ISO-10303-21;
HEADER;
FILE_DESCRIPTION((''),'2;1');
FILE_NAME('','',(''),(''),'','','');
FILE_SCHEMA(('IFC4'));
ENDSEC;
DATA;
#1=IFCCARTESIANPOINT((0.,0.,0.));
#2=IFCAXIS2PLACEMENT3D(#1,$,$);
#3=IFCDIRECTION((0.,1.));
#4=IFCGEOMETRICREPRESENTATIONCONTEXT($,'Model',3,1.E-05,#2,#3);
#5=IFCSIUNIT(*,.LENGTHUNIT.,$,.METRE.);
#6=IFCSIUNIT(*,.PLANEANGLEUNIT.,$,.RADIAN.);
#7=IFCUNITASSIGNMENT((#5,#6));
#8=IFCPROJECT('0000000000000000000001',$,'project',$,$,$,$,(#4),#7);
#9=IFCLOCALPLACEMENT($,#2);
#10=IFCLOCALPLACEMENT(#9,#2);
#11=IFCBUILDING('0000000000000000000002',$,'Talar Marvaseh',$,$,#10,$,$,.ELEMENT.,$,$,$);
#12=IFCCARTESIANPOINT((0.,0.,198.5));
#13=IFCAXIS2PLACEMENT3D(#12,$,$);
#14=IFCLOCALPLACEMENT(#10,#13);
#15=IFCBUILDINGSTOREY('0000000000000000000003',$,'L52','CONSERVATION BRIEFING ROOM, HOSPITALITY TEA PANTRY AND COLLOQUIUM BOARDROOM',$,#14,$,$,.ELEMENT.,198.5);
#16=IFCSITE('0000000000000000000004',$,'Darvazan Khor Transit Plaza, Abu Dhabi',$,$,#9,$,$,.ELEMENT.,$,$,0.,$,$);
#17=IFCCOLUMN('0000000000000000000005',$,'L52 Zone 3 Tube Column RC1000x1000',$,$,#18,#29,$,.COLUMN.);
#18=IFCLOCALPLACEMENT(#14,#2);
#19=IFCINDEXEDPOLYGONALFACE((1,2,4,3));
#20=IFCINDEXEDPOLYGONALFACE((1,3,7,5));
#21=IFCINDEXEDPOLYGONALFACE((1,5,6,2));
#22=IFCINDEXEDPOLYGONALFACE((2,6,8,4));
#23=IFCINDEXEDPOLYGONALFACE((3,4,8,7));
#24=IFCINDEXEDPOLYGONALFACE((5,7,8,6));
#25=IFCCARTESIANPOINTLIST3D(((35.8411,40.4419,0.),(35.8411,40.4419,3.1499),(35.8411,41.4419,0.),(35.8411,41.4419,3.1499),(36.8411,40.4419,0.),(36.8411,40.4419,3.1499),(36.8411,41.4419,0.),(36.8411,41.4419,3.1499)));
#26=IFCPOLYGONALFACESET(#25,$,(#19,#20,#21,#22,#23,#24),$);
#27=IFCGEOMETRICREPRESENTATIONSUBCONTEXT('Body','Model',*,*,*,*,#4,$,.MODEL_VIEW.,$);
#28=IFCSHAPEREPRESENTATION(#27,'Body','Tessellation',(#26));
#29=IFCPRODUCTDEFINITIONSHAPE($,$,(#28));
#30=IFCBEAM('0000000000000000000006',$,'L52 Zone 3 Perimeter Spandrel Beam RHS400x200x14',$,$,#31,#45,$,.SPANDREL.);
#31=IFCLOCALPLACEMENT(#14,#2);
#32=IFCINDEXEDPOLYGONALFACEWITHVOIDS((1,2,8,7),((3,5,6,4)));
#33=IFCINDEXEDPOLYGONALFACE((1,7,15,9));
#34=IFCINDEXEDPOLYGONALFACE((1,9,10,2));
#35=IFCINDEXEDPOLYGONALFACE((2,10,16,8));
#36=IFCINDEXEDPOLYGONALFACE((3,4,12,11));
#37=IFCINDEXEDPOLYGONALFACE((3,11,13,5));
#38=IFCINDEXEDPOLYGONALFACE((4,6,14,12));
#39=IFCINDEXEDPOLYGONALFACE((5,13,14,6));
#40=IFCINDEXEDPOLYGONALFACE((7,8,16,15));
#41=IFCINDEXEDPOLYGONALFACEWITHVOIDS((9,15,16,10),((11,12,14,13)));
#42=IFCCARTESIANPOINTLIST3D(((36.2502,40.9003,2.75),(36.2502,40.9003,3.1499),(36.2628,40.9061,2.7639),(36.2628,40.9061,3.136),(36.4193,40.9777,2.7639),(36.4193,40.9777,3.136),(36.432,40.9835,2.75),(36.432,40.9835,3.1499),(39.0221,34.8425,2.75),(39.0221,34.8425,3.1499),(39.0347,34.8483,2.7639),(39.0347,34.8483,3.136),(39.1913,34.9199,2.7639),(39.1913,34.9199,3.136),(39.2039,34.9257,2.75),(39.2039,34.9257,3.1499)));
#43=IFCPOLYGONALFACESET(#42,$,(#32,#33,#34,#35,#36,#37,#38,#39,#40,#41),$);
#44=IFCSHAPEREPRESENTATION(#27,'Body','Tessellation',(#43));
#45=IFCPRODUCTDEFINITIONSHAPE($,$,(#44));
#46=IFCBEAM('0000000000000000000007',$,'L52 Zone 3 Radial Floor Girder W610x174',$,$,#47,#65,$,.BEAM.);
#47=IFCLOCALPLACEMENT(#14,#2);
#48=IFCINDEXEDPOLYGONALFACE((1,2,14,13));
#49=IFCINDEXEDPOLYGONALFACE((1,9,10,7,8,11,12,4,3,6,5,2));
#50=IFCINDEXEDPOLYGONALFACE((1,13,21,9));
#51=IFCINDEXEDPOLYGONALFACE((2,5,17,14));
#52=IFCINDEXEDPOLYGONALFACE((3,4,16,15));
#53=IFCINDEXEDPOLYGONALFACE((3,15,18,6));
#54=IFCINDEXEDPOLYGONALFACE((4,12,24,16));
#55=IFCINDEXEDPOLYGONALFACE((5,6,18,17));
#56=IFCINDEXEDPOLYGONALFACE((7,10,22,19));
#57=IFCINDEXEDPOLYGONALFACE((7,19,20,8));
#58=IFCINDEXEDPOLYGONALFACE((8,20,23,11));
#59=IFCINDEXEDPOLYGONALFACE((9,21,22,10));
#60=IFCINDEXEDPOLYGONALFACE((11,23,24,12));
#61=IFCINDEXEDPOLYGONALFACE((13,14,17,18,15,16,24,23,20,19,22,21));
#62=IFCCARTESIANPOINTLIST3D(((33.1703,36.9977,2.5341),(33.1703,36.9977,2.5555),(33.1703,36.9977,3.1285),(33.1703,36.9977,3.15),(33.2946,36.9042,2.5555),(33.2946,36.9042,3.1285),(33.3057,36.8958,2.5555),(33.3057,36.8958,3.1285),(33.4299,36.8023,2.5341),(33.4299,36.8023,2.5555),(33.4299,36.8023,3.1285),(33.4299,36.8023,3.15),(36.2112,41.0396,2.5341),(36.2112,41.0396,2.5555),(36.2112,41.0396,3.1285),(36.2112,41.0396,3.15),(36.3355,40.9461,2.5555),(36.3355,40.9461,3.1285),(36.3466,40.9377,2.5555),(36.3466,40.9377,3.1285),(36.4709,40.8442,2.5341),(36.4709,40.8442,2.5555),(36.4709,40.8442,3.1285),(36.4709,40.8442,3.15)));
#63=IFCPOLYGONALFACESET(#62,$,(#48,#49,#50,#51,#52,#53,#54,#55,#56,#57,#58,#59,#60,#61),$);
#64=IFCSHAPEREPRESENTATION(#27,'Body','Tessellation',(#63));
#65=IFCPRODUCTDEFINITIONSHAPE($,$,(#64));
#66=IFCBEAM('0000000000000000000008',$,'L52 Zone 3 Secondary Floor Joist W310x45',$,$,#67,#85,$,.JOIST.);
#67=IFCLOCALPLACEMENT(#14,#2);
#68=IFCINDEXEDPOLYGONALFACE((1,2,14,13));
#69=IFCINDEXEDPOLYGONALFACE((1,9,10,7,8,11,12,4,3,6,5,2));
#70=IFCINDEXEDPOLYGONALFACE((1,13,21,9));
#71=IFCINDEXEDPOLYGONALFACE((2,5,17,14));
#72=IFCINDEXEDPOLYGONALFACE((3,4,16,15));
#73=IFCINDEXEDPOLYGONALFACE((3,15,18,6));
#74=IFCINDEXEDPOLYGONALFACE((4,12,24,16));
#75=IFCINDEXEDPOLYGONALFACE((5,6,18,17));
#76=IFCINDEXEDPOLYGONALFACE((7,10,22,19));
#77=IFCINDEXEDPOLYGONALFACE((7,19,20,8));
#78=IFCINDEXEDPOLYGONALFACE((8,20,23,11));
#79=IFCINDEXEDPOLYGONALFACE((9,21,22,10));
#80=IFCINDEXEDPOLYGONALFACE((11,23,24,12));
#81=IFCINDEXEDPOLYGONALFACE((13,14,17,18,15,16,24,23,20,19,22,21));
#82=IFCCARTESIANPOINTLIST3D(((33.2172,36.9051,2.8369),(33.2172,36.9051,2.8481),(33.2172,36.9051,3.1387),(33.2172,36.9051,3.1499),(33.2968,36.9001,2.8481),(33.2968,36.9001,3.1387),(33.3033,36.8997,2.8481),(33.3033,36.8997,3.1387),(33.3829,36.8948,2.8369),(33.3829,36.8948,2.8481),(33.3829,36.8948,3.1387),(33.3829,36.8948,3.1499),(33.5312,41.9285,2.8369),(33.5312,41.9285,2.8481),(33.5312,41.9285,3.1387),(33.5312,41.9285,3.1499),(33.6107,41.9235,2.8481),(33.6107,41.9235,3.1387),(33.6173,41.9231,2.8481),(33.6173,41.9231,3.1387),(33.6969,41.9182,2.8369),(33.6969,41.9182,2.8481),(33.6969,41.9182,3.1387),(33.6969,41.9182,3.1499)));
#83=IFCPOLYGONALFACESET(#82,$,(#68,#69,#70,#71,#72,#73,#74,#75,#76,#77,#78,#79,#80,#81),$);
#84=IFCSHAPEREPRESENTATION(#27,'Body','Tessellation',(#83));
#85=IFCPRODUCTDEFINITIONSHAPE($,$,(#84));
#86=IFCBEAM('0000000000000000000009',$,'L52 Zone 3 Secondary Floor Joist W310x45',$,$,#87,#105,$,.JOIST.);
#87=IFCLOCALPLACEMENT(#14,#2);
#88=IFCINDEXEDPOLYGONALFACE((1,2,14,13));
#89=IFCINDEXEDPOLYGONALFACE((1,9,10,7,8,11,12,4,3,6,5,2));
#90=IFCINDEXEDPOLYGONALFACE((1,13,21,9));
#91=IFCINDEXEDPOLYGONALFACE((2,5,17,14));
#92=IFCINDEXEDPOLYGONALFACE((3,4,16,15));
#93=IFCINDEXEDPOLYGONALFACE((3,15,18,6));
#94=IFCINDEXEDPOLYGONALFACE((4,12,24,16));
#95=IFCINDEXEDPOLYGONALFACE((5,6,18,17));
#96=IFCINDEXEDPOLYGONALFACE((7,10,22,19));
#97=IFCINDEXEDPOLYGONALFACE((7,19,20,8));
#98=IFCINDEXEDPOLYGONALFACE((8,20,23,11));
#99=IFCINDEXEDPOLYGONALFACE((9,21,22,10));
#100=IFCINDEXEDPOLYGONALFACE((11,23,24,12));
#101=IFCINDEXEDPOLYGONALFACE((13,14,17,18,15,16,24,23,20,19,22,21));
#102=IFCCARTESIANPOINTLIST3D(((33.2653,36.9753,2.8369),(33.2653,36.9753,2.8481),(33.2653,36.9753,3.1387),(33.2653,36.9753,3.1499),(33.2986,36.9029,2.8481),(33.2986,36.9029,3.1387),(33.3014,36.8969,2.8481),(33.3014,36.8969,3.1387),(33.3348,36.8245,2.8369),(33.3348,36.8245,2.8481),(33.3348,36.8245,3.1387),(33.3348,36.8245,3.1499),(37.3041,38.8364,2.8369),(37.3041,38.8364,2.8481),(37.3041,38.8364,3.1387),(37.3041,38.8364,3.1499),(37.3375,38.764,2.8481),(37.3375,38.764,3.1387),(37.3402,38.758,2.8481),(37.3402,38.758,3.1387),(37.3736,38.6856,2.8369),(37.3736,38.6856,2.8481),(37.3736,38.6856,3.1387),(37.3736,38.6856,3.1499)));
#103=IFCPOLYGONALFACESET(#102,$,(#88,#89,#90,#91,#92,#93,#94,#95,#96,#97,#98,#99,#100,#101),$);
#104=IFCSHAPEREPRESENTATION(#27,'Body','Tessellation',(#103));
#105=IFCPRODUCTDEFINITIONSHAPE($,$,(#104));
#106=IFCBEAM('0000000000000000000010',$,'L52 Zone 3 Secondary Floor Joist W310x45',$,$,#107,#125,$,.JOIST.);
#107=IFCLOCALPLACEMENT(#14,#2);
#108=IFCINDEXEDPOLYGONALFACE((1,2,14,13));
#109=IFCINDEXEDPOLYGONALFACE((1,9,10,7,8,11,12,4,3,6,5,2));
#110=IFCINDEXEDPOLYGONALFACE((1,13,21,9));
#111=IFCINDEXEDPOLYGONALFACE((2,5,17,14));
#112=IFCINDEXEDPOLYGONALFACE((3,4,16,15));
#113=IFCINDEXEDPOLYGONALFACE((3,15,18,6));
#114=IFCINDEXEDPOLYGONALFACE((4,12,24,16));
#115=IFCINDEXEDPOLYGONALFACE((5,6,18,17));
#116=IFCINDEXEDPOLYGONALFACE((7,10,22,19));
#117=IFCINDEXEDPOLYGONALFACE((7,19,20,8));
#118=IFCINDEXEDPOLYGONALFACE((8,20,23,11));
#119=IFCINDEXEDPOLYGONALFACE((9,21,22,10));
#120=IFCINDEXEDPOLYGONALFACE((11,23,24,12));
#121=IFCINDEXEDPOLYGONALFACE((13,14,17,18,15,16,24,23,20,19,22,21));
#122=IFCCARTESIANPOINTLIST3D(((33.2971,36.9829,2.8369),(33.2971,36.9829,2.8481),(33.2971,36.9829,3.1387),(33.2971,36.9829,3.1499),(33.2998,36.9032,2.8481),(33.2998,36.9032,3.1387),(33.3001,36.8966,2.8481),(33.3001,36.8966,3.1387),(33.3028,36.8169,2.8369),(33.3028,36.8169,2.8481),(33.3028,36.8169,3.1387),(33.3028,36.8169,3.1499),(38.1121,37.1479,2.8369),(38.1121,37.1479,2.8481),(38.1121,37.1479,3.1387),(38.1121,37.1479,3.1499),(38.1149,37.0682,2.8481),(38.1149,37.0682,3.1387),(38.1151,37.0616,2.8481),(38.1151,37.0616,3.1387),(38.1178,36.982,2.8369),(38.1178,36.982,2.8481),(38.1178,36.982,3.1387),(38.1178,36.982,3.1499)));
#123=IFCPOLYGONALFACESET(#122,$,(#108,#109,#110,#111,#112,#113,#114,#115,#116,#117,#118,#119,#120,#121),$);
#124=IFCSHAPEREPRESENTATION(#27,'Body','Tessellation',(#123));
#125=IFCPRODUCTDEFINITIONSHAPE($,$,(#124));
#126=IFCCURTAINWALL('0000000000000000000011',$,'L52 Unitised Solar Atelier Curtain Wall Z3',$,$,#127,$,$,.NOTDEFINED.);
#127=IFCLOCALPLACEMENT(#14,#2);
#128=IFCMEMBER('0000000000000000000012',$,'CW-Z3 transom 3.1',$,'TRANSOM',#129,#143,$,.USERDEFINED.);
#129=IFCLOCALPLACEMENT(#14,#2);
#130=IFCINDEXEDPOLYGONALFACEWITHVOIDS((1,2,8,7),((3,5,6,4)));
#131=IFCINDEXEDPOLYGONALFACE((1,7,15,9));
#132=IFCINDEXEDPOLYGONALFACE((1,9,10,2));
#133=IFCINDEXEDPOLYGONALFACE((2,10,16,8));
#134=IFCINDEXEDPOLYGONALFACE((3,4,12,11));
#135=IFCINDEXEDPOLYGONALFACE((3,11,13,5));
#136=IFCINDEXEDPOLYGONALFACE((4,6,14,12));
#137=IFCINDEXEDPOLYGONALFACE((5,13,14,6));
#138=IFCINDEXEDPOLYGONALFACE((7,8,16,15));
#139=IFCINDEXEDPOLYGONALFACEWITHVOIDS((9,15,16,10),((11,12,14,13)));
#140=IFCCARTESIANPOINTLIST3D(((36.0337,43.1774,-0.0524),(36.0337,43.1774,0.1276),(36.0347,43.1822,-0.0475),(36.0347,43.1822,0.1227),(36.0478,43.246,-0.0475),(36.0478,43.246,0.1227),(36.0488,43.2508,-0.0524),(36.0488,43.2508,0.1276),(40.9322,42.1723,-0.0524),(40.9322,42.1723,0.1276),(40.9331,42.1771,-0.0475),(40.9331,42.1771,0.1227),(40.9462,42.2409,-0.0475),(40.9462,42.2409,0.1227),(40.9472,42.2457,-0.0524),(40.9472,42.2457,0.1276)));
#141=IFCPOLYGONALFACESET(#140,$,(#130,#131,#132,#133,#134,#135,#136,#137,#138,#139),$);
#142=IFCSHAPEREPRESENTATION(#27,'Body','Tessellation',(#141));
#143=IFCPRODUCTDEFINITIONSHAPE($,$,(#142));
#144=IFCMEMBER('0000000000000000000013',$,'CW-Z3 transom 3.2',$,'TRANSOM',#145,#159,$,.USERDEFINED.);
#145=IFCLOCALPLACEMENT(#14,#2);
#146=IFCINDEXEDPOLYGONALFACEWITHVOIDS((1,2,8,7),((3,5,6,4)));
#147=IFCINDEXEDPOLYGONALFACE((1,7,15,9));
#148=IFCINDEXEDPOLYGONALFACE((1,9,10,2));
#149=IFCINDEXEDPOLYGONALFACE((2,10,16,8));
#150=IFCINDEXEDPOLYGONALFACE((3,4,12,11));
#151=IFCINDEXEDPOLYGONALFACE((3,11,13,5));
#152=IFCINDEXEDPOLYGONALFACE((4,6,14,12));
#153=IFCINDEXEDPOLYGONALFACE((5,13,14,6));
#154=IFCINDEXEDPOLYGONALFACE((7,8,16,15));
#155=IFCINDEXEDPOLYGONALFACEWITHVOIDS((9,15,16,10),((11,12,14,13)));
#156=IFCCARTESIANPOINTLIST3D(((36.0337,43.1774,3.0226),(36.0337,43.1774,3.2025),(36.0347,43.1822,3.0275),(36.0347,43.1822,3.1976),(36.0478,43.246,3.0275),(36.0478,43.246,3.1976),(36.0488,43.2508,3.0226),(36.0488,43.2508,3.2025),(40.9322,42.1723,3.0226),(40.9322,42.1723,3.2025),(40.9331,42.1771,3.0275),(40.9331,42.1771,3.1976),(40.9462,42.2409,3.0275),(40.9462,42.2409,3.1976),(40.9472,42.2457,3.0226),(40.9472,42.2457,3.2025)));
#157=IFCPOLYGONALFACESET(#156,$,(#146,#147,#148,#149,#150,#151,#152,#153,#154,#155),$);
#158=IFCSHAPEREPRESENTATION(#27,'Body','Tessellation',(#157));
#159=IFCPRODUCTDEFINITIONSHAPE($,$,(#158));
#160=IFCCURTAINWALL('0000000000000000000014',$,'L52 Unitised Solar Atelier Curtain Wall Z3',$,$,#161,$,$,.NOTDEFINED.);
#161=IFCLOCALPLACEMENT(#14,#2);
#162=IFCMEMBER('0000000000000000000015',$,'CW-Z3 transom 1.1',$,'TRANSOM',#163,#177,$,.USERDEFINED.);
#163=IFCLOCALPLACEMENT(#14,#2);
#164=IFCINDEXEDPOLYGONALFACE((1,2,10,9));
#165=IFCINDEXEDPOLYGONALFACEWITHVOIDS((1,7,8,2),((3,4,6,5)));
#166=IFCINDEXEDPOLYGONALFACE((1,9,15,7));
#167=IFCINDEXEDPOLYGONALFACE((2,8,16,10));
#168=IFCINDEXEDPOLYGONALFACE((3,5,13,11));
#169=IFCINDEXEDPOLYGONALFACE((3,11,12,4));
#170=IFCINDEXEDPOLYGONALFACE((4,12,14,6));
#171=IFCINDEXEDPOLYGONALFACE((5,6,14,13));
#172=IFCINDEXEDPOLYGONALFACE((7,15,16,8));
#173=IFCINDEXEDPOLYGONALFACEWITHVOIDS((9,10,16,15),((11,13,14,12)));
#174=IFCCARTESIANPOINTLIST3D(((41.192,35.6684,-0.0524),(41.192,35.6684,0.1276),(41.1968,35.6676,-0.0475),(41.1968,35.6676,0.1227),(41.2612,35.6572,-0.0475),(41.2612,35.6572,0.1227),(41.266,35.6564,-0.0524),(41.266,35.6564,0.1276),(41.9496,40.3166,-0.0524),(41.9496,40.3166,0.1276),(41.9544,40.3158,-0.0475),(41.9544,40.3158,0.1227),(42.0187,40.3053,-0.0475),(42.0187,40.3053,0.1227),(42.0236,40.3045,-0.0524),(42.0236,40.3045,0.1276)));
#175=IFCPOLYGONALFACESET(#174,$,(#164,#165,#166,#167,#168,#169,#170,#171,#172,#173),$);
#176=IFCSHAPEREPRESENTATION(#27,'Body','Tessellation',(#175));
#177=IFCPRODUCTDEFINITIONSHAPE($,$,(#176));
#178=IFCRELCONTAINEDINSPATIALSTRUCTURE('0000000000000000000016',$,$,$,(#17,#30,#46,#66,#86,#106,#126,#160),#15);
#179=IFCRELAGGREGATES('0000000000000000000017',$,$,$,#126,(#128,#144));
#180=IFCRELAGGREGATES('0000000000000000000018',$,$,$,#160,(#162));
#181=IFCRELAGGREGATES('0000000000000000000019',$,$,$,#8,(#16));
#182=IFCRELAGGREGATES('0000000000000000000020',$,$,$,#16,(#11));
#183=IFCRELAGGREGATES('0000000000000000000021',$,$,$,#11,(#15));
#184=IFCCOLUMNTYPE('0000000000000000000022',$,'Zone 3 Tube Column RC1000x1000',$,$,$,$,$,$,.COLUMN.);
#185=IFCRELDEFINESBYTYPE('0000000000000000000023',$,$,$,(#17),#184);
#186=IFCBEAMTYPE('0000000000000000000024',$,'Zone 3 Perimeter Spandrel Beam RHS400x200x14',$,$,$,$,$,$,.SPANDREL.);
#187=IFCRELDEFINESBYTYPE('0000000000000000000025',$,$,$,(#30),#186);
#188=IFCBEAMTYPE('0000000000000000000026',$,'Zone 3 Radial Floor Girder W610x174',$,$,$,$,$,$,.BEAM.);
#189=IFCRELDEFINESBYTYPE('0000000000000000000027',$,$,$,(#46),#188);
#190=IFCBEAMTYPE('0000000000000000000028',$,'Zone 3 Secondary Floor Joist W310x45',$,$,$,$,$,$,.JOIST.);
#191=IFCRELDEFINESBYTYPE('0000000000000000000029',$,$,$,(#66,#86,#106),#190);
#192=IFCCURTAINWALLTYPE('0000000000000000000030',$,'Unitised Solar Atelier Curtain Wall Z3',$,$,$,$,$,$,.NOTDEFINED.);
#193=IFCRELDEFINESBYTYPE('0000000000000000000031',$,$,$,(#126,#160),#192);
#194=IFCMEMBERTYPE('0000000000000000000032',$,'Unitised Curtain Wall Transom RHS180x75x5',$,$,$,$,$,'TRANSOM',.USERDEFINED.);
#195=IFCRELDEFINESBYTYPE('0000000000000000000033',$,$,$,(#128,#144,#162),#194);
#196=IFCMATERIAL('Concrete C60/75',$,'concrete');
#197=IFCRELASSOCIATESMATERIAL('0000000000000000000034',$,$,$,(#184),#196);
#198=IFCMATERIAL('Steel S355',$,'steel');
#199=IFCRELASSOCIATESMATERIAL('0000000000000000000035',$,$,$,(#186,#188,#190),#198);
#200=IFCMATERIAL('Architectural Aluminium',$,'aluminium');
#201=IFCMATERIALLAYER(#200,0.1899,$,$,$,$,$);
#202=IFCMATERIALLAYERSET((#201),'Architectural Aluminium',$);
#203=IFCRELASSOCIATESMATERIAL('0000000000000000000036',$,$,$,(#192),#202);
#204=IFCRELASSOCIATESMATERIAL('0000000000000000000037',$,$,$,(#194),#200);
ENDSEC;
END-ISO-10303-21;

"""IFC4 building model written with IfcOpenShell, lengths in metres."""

from ifc_helpers import new_model, si_unit, direction, frame, origin, origin_2d, place, context, subcontext, project, spatial, rectangle, hollow_rectangle, i_section, extrude, source, transform, mapped, material, layer, layer_set, material_profile, profile_set, type_object, type_shapes, element, aggregate, save


model = new_model("IFC4")

# Units and contexts
model_context = context("Model", 3, precision=1e-05, world=origin(), true_north=direction((0.0, 1.0)))
body_context = subcontext(model_context, "Body", "Model", "MODEL_VIEW")
ifc_project = project(units=[si_unit("LENGTHUNIT", "METRE"), si_unit("PLANEANGLEUNIT", "RADIAN")], contexts=[model_context])

# Site, building, storey
site_placement = place(None, origin())
site = spatial("IfcSite", under=ifc_project, at=site_placement, Name="Darvazan Khor Transit Plaza, Abu Dhabi", CompositionType="ELEMENT", RefElevation=0.0)
building_placement = place(site_placement, origin())
building = spatial("IfcBuilding", under=site, at=building_placement, Name="Talar Marvaseh", CompositionType="ELEMENT")
storey_placement = place(building_placement, frame((0.0, 0.0, 198.5)))
storey = spatial("IfcBuildingStorey", under=building, at=storey_placement, Name="L52", Description="CONSERVATION BRIEFING ROOM, HOSPITALITY TEA PANTRY AND COLLOQUIUM BOARDROOM", CompositionType="ELEMENT", Elevation=198.5)

# Column
ifc_material_1 = material(Name="Concrete C60/75", Category="concrete")
ifc_material_profile_1 = material_profile(ifc_material_1, rectangle(XDim=1.0, YDim=1.0, at=origin_2d()), Name="RC1000x1000")
ifc_profile_set_1 = profile_set([ifc_material_profile_1], Name="Concrete C60/75")
column_type = type_object("IfcColumnType", Name="Zone 3 Tube Column RC1000x1000", PredefinedType="COLUMN", material=ifc_profile_set_1)
column_placement = place(storey_placement, frame((36.3411, 40.9419, 0.0), z_axis=(0.0, 0.0, 1.0), x_axis=(1.0, 0.0, 0.0)))
element("IfcColumn", 1, at=column_placement, inside=storey, type_object=column_type, Name="L52 Zone 3 Tube Column RC1000x1000", PredefinedType="COLUMN", context=body_context, shape_type="SweptSolid", body=[
    extrude(rectangle(XDim=1.0, YDim=1.0, at=origin_2d()), origin(), (0.0, 0.0, 1.0), 3.1499),
])

# Beams
ifc_material_2 = material(Name="Steel S355", Category="steel")
ifc_material_profile_2 = material_profile(ifc_material_2, hollow_rectangle(XDim=0.2, YDim=0.3999, WallThickness=0.0139, at=origin_2d()), Name="RHS400x200x14")
ifc_profile_set_2 = profile_set([ifc_material_profile_2], Name="Steel S355")
beam_type_1 = type_object("IfcBeamType", Name="Zone 3 Perimeter Spandrel Beam RHS400x200x14", PredefinedType="SPANDREL", material=ifc_profile_set_2)
beam_1_placement = place(storey_placement, frame((36.3411, 40.9419, 2.95), z_axis=(0.416091, -0.909323, 0.0), x_axis=(0.909323, 0.416091, 0.0)))
element("IfcBeam", 2, at=beam_1_placement, inside=storey, type_object=beam_type_1, Name="L52 Zone 3 Perimeter Spandrel Beam RHS400x200x14", PredefinedType="SPANDREL", context=body_context, shape_type="SweptSolid", body=[
    extrude(hollow_rectangle(XDim=0.2, YDim=0.3999, WallThickness=0.0139, at=origin_2d()), origin(), (0.0, 0.0, 1.0), 6.6619),
])
ifc_material_profile_3 = material_profile(ifc_material_2, i_section(OverallWidth=0.325, OverallDepth=0.616, WebThickness=0.0139, FlangeThickness=0.0215, at=origin_2d()), Name="W610x174")
ifc_profile_set_3 = profile_set([ifc_material_profile_3], Name="Steel S355")
beam_type_2 = type_object("IfcBeamType", Name="Zone 3 Radial Floor Girder W610x174", PredefinedType="BEAM", material=ifc_profile_set_3)
beam_2_placement = place(storey_placement, frame((36.3411, 40.9419, 2.842), z_axis=(-0.601204, -0.799096, 0.0), x_axis=(0.799096, -0.601204, 0.0)))
element("IfcBeam", 3, at=beam_2_placement, inside=storey, type_object=beam_type_2, Name="L52 Zone 3 Radial Floor Girder W610x174", PredefinedType="BEAM", context=body_context, shape_type="SweptSolid", body=[
    extrude(i_section(OverallWidth=0.325, OverallDepth=0.616, WebThickness=0.0139, FlangeThickness=0.0215, at=origin_2d()), origin(), (0.0, 0.0, 1.0), 5.0581),
])
ifc_material_profile_4 = material_profile(ifc_material_2, i_section(OverallWidth=0.166, OverallDepth=0.313, WebThickness=0.0066, FlangeThickness=0.0112, at=origin_2d()), Name="W310x45")
ifc_profile_set_4 = profile_set([ifc_material_profile_4], Name="Steel S355")
beam_type_3 = type_object("IfcBeamType", Name="Zone 3 Secondary Floor Joist W310x45", PredefinedType="JOIST", material=ifc_profile_set_4)
beam_3_placement = place(storey_placement, frame((33.614, 41.9233, 2.9934), z_axis=(-0.062378, -0.998053, 0.0), x_axis=(0.998053, -0.062378, 0.0)))
element("IfcBeam", 4, at=beam_3_placement, inside=storey, type_object=beam_type_3, Name="L52 Zone 3 Secondary Floor Joist W310x45", PredefinedType="JOIST", context=body_context, shape_type="SweptSolid", body=[
    extrude(i_section(OverallWidth=0.166, OverallDepth=0.313, WebThickness=0.0066, FlangeThickness=0.0112, at=origin_2d()), origin(), (0.0, 0.0, 1.0), 5.0332),
])
beam_4_placement = place(storey_placement, frame((37.3389, 38.761, 2.9934), z_axis=(-0.908215, -0.418505, 0.0), x_axis=(0.418505, -0.908215, 0.0)))
element("IfcBeam", 5, at=beam_4_placement, inside=storey, type_object=beam_type_3, Name="L52 Zone 3 Secondary Floor Joist W310x45", PredefinedType="JOIST", context=body_context, shape_type="SweptSolid", body=[
    extrude(i_section(OverallWidth=0.166, OverallDepth=0.313, WebThickness=0.0066, FlangeThickness=0.0112, at=origin_2d()), origin(), (0.0, 0.0, 1.0), 4.447),
])
beam_5_placement = place(storey_placement, frame((38.115, 37.0649, 2.9934), z_axis=(-0.999413, -0.034256, 0.0), x_axis=(0.034256, -0.999413, 0.0)))
element("IfcBeam", 6, at=beam_5_placement, inside=storey, type_object=beam_type_3, Name="L52 Zone 3 Secondary Floor Joist W310x45", PredefinedType="JOIST", context=body_context, shape_type="SweptSolid", body=[
    extrude(i_section(OverallWidth=0.166, OverallDepth=0.313, WebThickness=0.0066, FlangeThickness=0.0112, at=origin_2d()), origin(), (0.0, 0.0, 1.0), 4.8179),
])

# Curtain walls, members
ifc_material_3 = material(Name="Architectural Aluminium", Category="aluminium")
ifc_layer_1 = layer(ifc_material_3, 0.1899)
ifc_layer_set_1 = layer_set([ifc_layer_1], Name="Architectural Aluminium")
curtain_wall_type = type_object("IfcCurtainWallType", Name="Unitised Solar Atelier Curtain Wall Z3", PredefinedType="NOTDEFINED", material=ifc_layer_set_1)
curtain_wall_1_placement = place(storey_placement, origin())
curtain_wall_1 = element("IfcCurtainWall", 7, at=curtain_wall_1_placement, inside=storey, type_object=curtain_wall_type, Name="L52 Unitised Solar Atelier Curtain Wall Z3", PredefinedType="NOTDEFINED")
ifc_material_profile_5 = material_profile(ifc_material_3, hollow_rectangle(XDim=0.075, YDim=0.1799, WallThickness=0.0049, at=origin_2d()), Name="RHS180x75x5")
ifc_profile_set_5 = profile_set([ifc_material_profile_5], Name="Architectural Aluminium")
member_type_1 = type_object("IfcMemberType", Name="Unitised Curtain Wall Transom RHS180x75x5", ElementType="TRANSOM", PredefinedType="USERDEFINED", material=ifc_profile_set_5)
shared_shape_1 = source(origin(), body_context, "Body", "SweptSolid", [
    extrude(hollow_rectangle(XDim=0.075, YDim=0.1799, WallThickness=0.0049, at=origin_2d()), origin(), (0.0, 0.0, 1.0), 5.0005),
])
member_1_placement = place(storey_placement, frame((36.0413, 43.2141, 0.0376), z_axis=(0.97959, -0.201005, 0.0), x_axis=(0.201005, 0.97959, 0.0)))
member_1 = element("IfcMember", 8, at=member_1_placement, type_object=member_type_1, Name="CW-Z3 transom 3.1", ObjectType="TRANSOM", PredefinedType="USERDEFINED", context=body_context, shape_type="MappedRepresentation", body=[
    mapped(shared_shape_1, transform((0.0, 0.0, 0.0), x_axis=(1.0, 0.0, 0.0), y_axis=(0.0, 1.0, 0.0), z_axis=(0.0, 0.0, 1.0), scale=1.0)),
])
member_2_placement = place(storey_placement, frame((36.0413, 43.2141, 3.1125), z_axis=(0.97959, -0.201005, 0.0), x_axis=(0.201005, 0.97959, 0.0)))
member_2 = element("IfcMember", 9, at=member_2_placement, type_object=member_type_1, Name="CW-Z3 transom 3.2", ObjectType="TRANSOM", PredefinedType="USERDEFINED", context=body_context, shape_type="MappedRepresentation", body=[
    mapped(shared_shape_1, transform((0.0, 0.0, 0.0), x_axis=(1.0, 0.0, 0.0), y_axis=(0.0, 1.0, 0.0), z_axis=(0.0, 0.0, 1.0), scale=1.0)),
])
curtain_wall_2_placement = place(storey_placement, origin())
curtain_wall_2 = element("IfcCurtainWall", 10, at=curtain_wall_2_placement, inside=storey, type_object=curtain_wall_type, Name="L52 Unitised Solar Atelier Curtain Wall Z3", PredefinedType="NOTDEFINED")
shared_shape_2 = source(origin(), body_context, "Body", "SweptSolid", [
    extrude(hollow_rectangle(XDim=0.075, YDim=0.1799, WallThickness=0.0049, at=origin_2d()), origin(), (0.0, 0.0, 1.0), 4.7095),
])
type_shapes(member_type_1, [shared_shape_1, shared_shape_2])
member_3_placement = place(storey_placement, frame((41.9866, 40.3105, 0.0376), z_axis=(-0.160859, -0.986977, 0.0), x_axis=(0.986977, -0.160859, 0.0)))
member_3 = element("IfcMember", 11, at=member_3_placement, type_object=member_type_1, Name="CW-Z3 transom 1.1", ObjectType="TRANSOM", PredefinedType="USERDEFINED", context=body_context, shape_type="MappedRepresentation", body=[
    mapped(shared_shape_2, transform((0.0, 0.0, 0.0), x_axis=(1.0, 0.0, 0.0), y_axis=(0.0, 1.0, 0.0), z_axis=(0.0, 0.0, 1.0), scale=1.0)),
])

aggregate(curtain_wall_1, [member_1, member_2])
aggregate(curtain_wall_2, [member_3])

save(model, "model.ifc")
